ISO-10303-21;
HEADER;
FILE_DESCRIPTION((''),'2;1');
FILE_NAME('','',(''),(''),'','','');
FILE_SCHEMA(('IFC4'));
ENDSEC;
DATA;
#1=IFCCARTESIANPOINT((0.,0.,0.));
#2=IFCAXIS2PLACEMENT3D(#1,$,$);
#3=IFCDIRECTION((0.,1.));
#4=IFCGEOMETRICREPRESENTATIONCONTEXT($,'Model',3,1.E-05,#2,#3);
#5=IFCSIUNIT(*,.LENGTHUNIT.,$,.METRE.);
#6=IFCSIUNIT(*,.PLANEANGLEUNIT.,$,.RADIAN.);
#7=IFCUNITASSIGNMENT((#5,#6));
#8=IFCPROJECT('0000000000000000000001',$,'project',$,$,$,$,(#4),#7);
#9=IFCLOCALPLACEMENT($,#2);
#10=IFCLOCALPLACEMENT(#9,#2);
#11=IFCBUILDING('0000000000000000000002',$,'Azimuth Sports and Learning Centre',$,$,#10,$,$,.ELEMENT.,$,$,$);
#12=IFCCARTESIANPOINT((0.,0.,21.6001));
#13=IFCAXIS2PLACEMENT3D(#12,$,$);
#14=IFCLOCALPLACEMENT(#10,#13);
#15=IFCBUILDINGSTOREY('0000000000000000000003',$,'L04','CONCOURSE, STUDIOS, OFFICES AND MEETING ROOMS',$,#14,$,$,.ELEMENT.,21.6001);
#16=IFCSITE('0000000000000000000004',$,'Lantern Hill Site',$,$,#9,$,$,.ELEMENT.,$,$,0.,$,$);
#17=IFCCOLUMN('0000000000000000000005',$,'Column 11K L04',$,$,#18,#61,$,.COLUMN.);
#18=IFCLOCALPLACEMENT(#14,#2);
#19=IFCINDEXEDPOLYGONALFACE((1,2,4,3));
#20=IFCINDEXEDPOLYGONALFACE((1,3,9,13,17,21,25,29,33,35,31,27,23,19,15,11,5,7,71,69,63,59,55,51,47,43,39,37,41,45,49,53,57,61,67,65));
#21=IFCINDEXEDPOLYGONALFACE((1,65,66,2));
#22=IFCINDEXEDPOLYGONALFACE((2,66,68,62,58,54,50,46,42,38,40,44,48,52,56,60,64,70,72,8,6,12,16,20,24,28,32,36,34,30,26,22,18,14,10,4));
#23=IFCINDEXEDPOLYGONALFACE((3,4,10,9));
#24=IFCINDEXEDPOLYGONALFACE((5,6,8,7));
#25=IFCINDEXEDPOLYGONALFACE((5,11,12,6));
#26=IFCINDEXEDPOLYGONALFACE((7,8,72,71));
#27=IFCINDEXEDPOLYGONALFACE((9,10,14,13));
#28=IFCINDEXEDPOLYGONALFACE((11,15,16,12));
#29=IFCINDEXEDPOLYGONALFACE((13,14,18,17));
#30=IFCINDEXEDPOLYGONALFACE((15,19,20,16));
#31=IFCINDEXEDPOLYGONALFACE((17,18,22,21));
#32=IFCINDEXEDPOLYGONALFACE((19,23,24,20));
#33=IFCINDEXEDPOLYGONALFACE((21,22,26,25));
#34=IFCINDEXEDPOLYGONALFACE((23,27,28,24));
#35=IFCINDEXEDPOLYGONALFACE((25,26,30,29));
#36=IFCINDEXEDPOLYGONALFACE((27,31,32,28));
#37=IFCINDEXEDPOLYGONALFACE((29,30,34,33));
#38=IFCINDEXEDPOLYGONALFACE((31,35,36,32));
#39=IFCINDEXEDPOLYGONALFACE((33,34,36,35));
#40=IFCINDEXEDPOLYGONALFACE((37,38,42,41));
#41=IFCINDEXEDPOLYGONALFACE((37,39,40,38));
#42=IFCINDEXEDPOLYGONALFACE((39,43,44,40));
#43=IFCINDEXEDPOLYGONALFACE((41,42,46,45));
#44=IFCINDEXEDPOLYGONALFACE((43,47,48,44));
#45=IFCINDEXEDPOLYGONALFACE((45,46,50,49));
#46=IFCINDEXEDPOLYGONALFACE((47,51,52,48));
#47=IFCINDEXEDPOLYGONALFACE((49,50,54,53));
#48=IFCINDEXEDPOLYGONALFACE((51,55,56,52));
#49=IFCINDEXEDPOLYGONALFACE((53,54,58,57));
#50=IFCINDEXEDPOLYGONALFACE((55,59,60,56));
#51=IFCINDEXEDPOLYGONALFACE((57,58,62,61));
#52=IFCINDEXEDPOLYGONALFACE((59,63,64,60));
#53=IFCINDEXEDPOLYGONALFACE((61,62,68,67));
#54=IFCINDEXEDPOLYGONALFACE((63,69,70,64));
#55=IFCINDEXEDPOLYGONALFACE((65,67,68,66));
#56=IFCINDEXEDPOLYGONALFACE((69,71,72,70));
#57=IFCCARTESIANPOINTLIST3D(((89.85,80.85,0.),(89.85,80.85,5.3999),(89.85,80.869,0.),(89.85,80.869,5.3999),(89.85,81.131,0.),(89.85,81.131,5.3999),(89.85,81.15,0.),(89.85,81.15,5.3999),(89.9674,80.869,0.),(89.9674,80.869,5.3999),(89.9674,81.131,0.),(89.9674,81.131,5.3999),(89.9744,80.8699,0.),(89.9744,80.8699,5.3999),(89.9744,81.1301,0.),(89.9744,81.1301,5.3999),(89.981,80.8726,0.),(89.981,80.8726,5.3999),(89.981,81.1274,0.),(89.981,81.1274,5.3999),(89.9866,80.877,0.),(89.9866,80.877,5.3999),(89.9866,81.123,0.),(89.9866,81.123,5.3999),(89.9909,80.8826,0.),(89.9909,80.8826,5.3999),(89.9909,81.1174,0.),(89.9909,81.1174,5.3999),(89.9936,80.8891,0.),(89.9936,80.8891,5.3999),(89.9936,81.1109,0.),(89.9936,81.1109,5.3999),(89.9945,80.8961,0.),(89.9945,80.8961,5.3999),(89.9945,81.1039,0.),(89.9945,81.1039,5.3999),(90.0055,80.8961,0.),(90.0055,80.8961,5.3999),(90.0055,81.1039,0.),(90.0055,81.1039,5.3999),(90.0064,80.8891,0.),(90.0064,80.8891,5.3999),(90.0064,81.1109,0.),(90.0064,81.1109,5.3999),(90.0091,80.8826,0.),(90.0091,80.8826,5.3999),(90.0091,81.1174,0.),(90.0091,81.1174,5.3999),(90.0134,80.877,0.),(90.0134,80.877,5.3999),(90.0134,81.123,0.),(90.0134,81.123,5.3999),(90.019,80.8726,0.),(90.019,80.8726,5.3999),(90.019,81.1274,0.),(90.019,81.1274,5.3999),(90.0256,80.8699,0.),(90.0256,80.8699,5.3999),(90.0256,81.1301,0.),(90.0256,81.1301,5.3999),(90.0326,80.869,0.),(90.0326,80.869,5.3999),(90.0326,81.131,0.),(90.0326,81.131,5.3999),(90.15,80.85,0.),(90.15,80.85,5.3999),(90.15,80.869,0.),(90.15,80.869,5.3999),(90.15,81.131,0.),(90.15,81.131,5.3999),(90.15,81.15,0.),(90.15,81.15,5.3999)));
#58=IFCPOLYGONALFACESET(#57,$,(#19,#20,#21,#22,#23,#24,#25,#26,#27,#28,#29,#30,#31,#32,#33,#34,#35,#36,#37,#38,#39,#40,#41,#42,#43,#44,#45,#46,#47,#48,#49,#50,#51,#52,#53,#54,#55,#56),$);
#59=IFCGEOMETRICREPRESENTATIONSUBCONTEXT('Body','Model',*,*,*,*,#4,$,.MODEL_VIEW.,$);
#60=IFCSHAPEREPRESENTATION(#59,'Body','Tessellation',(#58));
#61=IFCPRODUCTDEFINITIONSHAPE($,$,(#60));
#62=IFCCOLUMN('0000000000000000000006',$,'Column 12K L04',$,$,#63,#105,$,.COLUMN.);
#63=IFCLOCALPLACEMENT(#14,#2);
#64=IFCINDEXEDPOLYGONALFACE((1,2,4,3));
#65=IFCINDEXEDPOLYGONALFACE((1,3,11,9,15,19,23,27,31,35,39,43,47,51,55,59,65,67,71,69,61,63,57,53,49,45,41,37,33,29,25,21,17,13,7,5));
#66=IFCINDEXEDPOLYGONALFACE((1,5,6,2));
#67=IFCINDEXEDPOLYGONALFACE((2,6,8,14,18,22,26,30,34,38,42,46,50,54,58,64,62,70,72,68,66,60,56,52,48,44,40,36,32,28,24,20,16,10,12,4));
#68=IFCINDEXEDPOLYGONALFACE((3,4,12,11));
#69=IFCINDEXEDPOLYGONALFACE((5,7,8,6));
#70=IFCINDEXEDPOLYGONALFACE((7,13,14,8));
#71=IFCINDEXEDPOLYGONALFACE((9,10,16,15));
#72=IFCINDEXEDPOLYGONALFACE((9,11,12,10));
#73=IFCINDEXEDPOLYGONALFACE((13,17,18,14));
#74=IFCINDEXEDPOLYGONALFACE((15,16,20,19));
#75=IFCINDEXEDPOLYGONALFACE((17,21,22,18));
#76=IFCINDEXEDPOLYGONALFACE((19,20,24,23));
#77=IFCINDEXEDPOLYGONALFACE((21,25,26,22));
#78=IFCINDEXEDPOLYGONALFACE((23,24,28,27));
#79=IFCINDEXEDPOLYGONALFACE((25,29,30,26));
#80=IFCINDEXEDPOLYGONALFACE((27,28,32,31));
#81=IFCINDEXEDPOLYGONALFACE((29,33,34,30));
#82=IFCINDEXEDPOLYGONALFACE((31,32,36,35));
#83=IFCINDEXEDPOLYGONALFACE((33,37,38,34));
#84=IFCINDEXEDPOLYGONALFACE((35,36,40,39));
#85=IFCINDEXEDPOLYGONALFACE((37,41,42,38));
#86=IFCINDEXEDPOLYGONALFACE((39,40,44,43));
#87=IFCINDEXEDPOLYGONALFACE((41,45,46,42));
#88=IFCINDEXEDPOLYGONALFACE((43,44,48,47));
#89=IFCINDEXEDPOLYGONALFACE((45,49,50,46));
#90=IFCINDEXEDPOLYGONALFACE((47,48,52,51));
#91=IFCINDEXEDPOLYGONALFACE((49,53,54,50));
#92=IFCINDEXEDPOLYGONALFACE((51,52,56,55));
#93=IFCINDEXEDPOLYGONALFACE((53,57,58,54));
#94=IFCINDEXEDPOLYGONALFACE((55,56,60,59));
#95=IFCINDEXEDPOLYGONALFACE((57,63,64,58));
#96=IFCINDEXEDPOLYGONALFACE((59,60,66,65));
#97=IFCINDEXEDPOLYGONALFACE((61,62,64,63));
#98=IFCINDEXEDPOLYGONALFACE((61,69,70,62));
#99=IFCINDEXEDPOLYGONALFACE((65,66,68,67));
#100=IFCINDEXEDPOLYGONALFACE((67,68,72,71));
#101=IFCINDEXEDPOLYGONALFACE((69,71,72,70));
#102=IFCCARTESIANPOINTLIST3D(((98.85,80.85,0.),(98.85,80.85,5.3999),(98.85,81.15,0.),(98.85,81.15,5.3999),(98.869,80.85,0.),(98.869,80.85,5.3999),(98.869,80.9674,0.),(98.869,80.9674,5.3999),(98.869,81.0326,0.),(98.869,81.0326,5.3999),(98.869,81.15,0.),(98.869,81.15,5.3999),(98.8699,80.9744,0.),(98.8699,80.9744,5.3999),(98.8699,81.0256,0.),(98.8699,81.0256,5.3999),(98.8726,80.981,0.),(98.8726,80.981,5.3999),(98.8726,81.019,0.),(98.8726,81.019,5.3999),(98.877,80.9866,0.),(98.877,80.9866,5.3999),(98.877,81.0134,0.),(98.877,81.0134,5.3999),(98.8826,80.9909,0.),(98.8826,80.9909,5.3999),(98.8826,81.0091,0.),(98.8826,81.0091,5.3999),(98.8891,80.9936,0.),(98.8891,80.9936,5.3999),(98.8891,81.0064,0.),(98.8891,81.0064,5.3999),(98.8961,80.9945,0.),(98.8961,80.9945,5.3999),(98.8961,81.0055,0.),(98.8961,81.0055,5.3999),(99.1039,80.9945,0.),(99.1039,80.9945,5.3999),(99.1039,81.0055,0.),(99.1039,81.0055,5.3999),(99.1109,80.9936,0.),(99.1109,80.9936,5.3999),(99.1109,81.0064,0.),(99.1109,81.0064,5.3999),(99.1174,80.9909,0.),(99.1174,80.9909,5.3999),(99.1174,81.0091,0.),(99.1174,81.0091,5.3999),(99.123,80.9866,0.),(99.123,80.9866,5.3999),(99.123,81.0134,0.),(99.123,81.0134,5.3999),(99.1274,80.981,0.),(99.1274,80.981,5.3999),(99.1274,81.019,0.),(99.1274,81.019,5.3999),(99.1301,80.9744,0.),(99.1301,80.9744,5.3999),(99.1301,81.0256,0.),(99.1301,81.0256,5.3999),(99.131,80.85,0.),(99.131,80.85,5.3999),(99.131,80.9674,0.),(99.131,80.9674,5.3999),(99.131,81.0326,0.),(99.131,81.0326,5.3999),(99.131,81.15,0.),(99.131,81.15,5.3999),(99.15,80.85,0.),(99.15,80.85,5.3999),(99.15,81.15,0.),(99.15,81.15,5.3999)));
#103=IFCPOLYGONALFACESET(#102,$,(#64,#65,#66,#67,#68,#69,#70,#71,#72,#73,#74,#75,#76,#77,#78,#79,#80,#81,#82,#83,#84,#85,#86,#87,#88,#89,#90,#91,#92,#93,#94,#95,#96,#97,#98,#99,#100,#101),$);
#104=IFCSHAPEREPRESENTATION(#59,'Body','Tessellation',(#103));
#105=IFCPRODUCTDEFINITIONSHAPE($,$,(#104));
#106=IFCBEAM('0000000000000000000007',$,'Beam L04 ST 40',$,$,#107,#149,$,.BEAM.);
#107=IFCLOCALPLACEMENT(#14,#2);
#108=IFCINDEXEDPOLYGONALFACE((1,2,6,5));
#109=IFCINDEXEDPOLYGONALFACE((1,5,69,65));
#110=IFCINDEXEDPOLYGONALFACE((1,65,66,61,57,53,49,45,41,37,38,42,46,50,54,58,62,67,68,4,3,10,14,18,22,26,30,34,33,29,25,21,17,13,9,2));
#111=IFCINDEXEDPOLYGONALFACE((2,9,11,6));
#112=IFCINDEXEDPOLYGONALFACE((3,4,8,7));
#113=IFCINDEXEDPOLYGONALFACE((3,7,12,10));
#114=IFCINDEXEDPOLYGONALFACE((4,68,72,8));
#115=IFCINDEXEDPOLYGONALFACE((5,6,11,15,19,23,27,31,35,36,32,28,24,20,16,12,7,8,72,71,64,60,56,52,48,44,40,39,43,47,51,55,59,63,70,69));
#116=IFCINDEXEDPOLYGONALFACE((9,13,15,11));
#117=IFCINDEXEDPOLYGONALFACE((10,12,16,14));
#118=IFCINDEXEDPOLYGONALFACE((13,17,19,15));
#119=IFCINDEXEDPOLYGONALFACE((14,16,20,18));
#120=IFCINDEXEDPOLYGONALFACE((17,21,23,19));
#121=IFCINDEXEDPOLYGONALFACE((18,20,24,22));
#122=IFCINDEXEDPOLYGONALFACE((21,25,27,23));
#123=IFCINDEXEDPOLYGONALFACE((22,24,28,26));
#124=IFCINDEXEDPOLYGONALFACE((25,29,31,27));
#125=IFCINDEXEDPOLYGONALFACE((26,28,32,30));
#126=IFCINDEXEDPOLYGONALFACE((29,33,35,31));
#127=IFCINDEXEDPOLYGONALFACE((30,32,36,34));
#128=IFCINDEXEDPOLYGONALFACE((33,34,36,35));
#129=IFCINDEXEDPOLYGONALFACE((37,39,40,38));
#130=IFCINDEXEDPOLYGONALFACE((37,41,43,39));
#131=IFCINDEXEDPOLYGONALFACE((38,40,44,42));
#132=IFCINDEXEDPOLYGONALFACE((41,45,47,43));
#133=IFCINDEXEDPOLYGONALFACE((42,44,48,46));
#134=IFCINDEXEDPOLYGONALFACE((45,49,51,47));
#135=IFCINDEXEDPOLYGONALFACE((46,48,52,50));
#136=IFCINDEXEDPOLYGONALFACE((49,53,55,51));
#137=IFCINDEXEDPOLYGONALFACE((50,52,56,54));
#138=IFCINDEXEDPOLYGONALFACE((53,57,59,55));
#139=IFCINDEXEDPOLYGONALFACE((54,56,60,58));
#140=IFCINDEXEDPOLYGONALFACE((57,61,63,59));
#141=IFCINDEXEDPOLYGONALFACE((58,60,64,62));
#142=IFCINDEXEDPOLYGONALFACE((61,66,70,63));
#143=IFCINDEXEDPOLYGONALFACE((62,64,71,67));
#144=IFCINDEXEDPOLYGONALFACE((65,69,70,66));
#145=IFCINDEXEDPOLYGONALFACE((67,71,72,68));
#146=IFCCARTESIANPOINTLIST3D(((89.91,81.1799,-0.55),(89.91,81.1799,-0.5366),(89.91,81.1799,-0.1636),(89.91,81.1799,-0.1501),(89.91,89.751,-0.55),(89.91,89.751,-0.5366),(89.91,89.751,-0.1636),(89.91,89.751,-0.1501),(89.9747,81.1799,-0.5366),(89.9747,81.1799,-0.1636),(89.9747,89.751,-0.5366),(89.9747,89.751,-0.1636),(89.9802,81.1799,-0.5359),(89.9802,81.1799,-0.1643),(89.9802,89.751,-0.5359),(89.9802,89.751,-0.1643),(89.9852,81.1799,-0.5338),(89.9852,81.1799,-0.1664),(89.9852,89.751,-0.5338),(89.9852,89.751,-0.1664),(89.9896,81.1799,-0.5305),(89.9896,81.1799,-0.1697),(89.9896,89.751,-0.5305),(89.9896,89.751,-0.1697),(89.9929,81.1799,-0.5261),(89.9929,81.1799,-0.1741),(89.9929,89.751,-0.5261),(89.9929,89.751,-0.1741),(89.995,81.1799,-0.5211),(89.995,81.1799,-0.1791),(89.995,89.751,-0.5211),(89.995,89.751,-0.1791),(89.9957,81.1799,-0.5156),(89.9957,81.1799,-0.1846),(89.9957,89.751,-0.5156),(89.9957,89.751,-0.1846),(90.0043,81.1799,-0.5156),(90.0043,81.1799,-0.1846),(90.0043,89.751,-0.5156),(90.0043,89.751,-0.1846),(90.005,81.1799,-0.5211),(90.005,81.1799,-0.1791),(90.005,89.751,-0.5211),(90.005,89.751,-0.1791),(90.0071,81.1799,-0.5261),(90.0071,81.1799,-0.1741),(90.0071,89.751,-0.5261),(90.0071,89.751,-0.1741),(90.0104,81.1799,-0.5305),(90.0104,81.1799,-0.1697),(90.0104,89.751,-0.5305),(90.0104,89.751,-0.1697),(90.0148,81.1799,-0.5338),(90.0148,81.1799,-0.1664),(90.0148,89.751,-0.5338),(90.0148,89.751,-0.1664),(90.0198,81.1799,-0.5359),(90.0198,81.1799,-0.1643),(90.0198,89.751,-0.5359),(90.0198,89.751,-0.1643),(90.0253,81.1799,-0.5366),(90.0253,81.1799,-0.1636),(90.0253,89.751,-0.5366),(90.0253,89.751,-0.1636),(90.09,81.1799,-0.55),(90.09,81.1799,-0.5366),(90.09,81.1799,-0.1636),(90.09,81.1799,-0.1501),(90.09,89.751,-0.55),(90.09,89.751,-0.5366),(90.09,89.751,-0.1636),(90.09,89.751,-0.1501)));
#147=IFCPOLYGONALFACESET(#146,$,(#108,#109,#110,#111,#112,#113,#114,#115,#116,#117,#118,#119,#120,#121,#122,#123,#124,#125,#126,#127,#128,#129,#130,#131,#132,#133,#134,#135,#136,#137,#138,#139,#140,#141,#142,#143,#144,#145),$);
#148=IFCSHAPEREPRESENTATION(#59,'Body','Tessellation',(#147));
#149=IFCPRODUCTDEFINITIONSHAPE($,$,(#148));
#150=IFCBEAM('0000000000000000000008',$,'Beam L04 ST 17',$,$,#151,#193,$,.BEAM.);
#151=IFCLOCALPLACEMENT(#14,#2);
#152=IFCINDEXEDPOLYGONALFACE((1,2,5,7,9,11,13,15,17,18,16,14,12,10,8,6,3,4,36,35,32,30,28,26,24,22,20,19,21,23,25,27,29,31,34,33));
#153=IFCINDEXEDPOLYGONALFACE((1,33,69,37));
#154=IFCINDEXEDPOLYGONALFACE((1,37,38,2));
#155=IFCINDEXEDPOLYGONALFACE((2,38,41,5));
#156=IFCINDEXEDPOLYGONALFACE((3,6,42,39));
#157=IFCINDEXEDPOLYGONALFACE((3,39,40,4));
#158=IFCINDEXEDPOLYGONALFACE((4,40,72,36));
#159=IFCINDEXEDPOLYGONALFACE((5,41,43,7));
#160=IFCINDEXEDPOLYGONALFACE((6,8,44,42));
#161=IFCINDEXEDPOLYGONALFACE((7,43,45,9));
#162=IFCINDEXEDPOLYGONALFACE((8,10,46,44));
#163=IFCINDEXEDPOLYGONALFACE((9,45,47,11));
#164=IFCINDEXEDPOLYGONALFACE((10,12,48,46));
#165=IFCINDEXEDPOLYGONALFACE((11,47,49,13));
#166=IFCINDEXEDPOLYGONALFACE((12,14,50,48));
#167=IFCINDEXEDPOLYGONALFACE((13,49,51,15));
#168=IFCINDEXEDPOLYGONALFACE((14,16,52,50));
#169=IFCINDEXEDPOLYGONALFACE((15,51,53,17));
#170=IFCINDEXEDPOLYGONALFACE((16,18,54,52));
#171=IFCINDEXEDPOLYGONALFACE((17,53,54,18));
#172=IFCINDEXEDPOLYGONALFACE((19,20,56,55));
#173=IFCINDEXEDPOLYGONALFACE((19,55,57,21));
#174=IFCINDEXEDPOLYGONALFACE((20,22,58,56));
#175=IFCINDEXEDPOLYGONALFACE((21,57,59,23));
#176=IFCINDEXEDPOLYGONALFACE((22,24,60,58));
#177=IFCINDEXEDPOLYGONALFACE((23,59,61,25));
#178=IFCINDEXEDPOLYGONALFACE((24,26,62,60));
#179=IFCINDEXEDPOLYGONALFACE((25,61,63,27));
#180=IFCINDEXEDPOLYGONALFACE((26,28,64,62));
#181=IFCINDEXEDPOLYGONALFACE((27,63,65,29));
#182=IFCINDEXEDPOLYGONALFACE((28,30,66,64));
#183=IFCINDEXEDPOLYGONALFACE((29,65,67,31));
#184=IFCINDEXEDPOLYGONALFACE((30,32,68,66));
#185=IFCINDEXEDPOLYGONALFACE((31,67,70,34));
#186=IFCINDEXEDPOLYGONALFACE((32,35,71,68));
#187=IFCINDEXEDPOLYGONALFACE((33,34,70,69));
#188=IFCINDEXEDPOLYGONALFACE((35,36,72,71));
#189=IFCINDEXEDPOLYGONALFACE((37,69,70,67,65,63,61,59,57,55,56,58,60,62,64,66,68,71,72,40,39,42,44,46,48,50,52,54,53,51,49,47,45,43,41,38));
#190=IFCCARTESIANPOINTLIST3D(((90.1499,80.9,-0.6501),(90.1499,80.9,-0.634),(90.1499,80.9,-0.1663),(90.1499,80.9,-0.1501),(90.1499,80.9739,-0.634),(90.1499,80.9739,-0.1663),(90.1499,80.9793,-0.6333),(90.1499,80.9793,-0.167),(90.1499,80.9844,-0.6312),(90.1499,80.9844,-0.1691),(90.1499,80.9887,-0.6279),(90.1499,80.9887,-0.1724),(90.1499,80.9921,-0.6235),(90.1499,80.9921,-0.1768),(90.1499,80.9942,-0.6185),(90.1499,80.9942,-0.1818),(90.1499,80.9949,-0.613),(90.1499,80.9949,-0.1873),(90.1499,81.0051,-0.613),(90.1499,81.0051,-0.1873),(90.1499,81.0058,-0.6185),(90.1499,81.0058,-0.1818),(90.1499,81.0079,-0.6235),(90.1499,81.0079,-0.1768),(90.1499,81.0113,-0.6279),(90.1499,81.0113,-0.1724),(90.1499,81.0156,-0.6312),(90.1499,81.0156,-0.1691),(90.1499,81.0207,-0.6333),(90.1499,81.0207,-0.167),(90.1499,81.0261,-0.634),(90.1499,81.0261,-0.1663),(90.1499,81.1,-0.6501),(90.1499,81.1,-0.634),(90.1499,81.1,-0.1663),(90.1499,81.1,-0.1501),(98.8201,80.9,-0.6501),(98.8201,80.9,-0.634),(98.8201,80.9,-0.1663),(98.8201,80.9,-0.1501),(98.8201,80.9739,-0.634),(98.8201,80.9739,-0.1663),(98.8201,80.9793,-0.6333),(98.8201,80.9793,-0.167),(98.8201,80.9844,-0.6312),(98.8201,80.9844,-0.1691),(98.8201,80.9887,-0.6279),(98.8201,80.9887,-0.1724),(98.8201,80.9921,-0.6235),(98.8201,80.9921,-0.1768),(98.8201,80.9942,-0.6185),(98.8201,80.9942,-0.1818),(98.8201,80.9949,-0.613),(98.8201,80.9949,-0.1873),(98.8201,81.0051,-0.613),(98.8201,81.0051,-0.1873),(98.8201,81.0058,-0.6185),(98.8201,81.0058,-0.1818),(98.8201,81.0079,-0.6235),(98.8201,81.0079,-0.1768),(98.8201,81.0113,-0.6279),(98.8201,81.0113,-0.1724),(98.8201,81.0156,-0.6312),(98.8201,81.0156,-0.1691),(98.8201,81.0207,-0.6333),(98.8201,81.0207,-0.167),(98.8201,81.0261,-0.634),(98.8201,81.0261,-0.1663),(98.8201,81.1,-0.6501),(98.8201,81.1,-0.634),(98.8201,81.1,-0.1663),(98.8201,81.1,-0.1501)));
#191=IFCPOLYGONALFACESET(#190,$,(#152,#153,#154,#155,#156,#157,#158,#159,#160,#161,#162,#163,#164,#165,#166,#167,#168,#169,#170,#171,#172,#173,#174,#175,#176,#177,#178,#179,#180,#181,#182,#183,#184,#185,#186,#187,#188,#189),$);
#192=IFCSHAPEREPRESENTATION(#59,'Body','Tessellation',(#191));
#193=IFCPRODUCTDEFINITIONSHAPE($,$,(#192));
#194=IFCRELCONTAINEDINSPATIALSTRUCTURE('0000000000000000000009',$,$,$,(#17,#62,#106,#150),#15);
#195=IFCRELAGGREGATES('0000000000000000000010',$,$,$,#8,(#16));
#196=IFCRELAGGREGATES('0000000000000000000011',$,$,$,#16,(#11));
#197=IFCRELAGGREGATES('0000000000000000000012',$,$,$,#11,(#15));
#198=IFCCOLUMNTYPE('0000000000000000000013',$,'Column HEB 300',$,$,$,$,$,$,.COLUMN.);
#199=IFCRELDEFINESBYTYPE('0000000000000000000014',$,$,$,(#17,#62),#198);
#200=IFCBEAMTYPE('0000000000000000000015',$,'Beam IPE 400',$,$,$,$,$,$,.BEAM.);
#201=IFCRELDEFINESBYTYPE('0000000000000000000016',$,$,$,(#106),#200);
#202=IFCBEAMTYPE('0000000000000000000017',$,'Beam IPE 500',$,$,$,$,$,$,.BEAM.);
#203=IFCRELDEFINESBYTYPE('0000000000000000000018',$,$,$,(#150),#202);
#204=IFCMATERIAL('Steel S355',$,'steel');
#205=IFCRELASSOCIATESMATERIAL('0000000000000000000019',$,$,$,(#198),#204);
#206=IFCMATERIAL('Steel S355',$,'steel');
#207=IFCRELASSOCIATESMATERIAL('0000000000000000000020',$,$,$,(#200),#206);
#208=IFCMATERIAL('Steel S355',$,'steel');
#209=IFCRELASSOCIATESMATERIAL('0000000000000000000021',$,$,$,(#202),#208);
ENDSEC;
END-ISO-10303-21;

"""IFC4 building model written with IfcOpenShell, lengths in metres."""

from ifc_helpers import new_model, si_unit, direction, frame, origin, origin_2d, place, context, subcontext, project, spatial, i_section, extrude, material, material_profile, profile_set, type_object, element, save


model = new_model("IFC4")

# Units and contexts
model_context = context("Model", 3, precision=1e-05, world=origin(), true_north=direction((0.0, 1.0)))
body_context = subcontext(model_context, "Body", "Model", "MODEL_VIEW")
ifc_project = project(units=[si_unit("LENGTHUNIT", "METRE"), si_unit("PLANEANGLEUNIT", "RADIAN")], contexts=[model_context])

# Site, building, storey
site_placement = place(None, origin())
site = spatial("IfcSite", under=ifc_project, at=site_placement, Name="Lantern Hill Site", CompositionType="ELEMENT", RefElevation=0.0)
building_placement = place(site_placement, origin())
building = spatial("IfcBuilding", under=site, at=building_placement, Name="Azimuth Sports and Learning Centre", CompositionType="ELEMENT")
storey_placement = place(building_placement, frame((0.0, 0.0, 21.6001)))
storey = spatial("IfcBuildingStorey", under=building, at=storey_placement, Name="L04", Description="CONCOURSE, STUDIOS, OFFICES AND MEETING ROOMS", CompositionType="ELEMENT", Elevation=21.6001)

# Columns
ifc_material_1 = material(Name="Steel S355", Category="steel")
ifc_material_profile_1 = material_profile(ifc_material_1, i_section(OverallWidth=0.3, OverallDepth=0.3, WebThickness=0.011, FlangeThickness=0.019, FilletRadius=0.0271, at=origin_2d()), Name="HEB 300")
ifc_profile_set_1 = profile_set([ifc_material_profile_1], Name="Steel S355")
column_type = type_object("IfcColumnType", Name="Column HEB 300", PredefinedType="COLUMN", material=ifc_profile_set_1)
for number, where, z_axis, x_axis, name in (
    (1, (90.0, 81.0, 0.0), (0.0, 0.0, 1.0), (1.0, 0.0, 0.0), "Column 11K L04"),
    (2, (99.0, 81.0, 0.0), (0.0, 0.0, 1.0), (0.0, 1.0, 0.0), "Column 12K L04"),
):
    element("IfcColumn", number, at=place(storey_placement, frame(where, z_axis=z_axis, x_axis=x_axis)), inside=storey, type_object=column_type, Name=name, PredefinedType="COLUMN", context=body_context, shape_type="SweptSolid", body=[
        extrude(i_section(OverallWidth=0.3, OverallDepth=0.3, WebThickness=0.011, FlangeThickness=0.019, FilletRadius=0.0271, at=origin_2d()), origin(), (0.0, 0.0, 1.0), 5.3999),
    ])

# Beams
ifc_material_2 = material(Name="Steel S355", Category="steel")
ifc_material_profile_2 = material_profile(ifc_material_2, i_section(OverallWidth=0.1799, OverallDepth=0.3999, WebThickness=0.0085, FlangeThickness=0.0134, FilletRadius=0.021, at=origin_2d()), Name="IPE 400")
ifc_profile_set_2 = profile_set([ifc_material_profile_2], Name="Steel S355")
beam_type_1 = type_object("IfcBeamType", Name="Beam IPE 400", PredefinedType="BEAM", material=ifc_profile_set_2)
beam_1_placement = place(storey_placement, frame((90.0, 81.1799, -0.3501), z_axis=(0.0, 1.0, 0.0), x_axis=(-1.0, 0.0, 0.0)))
element("IfcBeam", 3, at=beam_1_placement, inside=storey, type_object=beam_type_1, Name="Beam L04 ST 40", PredefinedType="BEAM", context=body_context, shape_type="SweptSolid", body=[
    extrude(i_section(OverallWidth=0.1799, OverallDepth=0.3999, WebThickness=0.0085, FlangeThickness=0.0134, FilletRadius=0.021, at=origin_2d()), origin(), (0.0, 0.0, 1.0), 8.571),
])
ifc_material_3 = material(Name="Steel S355", Category="steel")
ifc_material_profile_3 = material_profile(ifc_material_3, i_section(OverallWidth=0.2, OverallDepth=0.5, WebThickness=0.0103, FlangeThickness=0.0161, FilletRadius=0.021, at=origin_2d()), Name="IPE 500")
ifc_profile_set_3 = profile_set([ifc_material_profile_3], Name="Steel S355")
beam_type_2 = type_object("IfcBeamType", Name="Beam IPE 500", PredefinedType="BEAM", material=ifc_profile_set_3)
beam_2_placement = place(storey_placement, frame((90.1499, 81.0, -0.4001), z_axis=(1.0, 0.0, 0.0), x_axis=(0.0, 1.0, 0.0)))
element("IfcBeam", 4, at=beam_2_placement, inside=storey, type_object=beam_type_2, Name="Beam L04 ST 17", PredefinedType="BEAM", context=body_context, shape_type="SweptSolid", body=[
    extrude(i_section(OverallWidth=0.2, OverallDepth=0.5, WebThickness=0.0103, FlangeThickness=0.0161, FilletRadius=0.021, at=origin_2d()), origin(), (0.0, 0.0, 1.0), 8.6702),
])

save(model, "model.ifc")
